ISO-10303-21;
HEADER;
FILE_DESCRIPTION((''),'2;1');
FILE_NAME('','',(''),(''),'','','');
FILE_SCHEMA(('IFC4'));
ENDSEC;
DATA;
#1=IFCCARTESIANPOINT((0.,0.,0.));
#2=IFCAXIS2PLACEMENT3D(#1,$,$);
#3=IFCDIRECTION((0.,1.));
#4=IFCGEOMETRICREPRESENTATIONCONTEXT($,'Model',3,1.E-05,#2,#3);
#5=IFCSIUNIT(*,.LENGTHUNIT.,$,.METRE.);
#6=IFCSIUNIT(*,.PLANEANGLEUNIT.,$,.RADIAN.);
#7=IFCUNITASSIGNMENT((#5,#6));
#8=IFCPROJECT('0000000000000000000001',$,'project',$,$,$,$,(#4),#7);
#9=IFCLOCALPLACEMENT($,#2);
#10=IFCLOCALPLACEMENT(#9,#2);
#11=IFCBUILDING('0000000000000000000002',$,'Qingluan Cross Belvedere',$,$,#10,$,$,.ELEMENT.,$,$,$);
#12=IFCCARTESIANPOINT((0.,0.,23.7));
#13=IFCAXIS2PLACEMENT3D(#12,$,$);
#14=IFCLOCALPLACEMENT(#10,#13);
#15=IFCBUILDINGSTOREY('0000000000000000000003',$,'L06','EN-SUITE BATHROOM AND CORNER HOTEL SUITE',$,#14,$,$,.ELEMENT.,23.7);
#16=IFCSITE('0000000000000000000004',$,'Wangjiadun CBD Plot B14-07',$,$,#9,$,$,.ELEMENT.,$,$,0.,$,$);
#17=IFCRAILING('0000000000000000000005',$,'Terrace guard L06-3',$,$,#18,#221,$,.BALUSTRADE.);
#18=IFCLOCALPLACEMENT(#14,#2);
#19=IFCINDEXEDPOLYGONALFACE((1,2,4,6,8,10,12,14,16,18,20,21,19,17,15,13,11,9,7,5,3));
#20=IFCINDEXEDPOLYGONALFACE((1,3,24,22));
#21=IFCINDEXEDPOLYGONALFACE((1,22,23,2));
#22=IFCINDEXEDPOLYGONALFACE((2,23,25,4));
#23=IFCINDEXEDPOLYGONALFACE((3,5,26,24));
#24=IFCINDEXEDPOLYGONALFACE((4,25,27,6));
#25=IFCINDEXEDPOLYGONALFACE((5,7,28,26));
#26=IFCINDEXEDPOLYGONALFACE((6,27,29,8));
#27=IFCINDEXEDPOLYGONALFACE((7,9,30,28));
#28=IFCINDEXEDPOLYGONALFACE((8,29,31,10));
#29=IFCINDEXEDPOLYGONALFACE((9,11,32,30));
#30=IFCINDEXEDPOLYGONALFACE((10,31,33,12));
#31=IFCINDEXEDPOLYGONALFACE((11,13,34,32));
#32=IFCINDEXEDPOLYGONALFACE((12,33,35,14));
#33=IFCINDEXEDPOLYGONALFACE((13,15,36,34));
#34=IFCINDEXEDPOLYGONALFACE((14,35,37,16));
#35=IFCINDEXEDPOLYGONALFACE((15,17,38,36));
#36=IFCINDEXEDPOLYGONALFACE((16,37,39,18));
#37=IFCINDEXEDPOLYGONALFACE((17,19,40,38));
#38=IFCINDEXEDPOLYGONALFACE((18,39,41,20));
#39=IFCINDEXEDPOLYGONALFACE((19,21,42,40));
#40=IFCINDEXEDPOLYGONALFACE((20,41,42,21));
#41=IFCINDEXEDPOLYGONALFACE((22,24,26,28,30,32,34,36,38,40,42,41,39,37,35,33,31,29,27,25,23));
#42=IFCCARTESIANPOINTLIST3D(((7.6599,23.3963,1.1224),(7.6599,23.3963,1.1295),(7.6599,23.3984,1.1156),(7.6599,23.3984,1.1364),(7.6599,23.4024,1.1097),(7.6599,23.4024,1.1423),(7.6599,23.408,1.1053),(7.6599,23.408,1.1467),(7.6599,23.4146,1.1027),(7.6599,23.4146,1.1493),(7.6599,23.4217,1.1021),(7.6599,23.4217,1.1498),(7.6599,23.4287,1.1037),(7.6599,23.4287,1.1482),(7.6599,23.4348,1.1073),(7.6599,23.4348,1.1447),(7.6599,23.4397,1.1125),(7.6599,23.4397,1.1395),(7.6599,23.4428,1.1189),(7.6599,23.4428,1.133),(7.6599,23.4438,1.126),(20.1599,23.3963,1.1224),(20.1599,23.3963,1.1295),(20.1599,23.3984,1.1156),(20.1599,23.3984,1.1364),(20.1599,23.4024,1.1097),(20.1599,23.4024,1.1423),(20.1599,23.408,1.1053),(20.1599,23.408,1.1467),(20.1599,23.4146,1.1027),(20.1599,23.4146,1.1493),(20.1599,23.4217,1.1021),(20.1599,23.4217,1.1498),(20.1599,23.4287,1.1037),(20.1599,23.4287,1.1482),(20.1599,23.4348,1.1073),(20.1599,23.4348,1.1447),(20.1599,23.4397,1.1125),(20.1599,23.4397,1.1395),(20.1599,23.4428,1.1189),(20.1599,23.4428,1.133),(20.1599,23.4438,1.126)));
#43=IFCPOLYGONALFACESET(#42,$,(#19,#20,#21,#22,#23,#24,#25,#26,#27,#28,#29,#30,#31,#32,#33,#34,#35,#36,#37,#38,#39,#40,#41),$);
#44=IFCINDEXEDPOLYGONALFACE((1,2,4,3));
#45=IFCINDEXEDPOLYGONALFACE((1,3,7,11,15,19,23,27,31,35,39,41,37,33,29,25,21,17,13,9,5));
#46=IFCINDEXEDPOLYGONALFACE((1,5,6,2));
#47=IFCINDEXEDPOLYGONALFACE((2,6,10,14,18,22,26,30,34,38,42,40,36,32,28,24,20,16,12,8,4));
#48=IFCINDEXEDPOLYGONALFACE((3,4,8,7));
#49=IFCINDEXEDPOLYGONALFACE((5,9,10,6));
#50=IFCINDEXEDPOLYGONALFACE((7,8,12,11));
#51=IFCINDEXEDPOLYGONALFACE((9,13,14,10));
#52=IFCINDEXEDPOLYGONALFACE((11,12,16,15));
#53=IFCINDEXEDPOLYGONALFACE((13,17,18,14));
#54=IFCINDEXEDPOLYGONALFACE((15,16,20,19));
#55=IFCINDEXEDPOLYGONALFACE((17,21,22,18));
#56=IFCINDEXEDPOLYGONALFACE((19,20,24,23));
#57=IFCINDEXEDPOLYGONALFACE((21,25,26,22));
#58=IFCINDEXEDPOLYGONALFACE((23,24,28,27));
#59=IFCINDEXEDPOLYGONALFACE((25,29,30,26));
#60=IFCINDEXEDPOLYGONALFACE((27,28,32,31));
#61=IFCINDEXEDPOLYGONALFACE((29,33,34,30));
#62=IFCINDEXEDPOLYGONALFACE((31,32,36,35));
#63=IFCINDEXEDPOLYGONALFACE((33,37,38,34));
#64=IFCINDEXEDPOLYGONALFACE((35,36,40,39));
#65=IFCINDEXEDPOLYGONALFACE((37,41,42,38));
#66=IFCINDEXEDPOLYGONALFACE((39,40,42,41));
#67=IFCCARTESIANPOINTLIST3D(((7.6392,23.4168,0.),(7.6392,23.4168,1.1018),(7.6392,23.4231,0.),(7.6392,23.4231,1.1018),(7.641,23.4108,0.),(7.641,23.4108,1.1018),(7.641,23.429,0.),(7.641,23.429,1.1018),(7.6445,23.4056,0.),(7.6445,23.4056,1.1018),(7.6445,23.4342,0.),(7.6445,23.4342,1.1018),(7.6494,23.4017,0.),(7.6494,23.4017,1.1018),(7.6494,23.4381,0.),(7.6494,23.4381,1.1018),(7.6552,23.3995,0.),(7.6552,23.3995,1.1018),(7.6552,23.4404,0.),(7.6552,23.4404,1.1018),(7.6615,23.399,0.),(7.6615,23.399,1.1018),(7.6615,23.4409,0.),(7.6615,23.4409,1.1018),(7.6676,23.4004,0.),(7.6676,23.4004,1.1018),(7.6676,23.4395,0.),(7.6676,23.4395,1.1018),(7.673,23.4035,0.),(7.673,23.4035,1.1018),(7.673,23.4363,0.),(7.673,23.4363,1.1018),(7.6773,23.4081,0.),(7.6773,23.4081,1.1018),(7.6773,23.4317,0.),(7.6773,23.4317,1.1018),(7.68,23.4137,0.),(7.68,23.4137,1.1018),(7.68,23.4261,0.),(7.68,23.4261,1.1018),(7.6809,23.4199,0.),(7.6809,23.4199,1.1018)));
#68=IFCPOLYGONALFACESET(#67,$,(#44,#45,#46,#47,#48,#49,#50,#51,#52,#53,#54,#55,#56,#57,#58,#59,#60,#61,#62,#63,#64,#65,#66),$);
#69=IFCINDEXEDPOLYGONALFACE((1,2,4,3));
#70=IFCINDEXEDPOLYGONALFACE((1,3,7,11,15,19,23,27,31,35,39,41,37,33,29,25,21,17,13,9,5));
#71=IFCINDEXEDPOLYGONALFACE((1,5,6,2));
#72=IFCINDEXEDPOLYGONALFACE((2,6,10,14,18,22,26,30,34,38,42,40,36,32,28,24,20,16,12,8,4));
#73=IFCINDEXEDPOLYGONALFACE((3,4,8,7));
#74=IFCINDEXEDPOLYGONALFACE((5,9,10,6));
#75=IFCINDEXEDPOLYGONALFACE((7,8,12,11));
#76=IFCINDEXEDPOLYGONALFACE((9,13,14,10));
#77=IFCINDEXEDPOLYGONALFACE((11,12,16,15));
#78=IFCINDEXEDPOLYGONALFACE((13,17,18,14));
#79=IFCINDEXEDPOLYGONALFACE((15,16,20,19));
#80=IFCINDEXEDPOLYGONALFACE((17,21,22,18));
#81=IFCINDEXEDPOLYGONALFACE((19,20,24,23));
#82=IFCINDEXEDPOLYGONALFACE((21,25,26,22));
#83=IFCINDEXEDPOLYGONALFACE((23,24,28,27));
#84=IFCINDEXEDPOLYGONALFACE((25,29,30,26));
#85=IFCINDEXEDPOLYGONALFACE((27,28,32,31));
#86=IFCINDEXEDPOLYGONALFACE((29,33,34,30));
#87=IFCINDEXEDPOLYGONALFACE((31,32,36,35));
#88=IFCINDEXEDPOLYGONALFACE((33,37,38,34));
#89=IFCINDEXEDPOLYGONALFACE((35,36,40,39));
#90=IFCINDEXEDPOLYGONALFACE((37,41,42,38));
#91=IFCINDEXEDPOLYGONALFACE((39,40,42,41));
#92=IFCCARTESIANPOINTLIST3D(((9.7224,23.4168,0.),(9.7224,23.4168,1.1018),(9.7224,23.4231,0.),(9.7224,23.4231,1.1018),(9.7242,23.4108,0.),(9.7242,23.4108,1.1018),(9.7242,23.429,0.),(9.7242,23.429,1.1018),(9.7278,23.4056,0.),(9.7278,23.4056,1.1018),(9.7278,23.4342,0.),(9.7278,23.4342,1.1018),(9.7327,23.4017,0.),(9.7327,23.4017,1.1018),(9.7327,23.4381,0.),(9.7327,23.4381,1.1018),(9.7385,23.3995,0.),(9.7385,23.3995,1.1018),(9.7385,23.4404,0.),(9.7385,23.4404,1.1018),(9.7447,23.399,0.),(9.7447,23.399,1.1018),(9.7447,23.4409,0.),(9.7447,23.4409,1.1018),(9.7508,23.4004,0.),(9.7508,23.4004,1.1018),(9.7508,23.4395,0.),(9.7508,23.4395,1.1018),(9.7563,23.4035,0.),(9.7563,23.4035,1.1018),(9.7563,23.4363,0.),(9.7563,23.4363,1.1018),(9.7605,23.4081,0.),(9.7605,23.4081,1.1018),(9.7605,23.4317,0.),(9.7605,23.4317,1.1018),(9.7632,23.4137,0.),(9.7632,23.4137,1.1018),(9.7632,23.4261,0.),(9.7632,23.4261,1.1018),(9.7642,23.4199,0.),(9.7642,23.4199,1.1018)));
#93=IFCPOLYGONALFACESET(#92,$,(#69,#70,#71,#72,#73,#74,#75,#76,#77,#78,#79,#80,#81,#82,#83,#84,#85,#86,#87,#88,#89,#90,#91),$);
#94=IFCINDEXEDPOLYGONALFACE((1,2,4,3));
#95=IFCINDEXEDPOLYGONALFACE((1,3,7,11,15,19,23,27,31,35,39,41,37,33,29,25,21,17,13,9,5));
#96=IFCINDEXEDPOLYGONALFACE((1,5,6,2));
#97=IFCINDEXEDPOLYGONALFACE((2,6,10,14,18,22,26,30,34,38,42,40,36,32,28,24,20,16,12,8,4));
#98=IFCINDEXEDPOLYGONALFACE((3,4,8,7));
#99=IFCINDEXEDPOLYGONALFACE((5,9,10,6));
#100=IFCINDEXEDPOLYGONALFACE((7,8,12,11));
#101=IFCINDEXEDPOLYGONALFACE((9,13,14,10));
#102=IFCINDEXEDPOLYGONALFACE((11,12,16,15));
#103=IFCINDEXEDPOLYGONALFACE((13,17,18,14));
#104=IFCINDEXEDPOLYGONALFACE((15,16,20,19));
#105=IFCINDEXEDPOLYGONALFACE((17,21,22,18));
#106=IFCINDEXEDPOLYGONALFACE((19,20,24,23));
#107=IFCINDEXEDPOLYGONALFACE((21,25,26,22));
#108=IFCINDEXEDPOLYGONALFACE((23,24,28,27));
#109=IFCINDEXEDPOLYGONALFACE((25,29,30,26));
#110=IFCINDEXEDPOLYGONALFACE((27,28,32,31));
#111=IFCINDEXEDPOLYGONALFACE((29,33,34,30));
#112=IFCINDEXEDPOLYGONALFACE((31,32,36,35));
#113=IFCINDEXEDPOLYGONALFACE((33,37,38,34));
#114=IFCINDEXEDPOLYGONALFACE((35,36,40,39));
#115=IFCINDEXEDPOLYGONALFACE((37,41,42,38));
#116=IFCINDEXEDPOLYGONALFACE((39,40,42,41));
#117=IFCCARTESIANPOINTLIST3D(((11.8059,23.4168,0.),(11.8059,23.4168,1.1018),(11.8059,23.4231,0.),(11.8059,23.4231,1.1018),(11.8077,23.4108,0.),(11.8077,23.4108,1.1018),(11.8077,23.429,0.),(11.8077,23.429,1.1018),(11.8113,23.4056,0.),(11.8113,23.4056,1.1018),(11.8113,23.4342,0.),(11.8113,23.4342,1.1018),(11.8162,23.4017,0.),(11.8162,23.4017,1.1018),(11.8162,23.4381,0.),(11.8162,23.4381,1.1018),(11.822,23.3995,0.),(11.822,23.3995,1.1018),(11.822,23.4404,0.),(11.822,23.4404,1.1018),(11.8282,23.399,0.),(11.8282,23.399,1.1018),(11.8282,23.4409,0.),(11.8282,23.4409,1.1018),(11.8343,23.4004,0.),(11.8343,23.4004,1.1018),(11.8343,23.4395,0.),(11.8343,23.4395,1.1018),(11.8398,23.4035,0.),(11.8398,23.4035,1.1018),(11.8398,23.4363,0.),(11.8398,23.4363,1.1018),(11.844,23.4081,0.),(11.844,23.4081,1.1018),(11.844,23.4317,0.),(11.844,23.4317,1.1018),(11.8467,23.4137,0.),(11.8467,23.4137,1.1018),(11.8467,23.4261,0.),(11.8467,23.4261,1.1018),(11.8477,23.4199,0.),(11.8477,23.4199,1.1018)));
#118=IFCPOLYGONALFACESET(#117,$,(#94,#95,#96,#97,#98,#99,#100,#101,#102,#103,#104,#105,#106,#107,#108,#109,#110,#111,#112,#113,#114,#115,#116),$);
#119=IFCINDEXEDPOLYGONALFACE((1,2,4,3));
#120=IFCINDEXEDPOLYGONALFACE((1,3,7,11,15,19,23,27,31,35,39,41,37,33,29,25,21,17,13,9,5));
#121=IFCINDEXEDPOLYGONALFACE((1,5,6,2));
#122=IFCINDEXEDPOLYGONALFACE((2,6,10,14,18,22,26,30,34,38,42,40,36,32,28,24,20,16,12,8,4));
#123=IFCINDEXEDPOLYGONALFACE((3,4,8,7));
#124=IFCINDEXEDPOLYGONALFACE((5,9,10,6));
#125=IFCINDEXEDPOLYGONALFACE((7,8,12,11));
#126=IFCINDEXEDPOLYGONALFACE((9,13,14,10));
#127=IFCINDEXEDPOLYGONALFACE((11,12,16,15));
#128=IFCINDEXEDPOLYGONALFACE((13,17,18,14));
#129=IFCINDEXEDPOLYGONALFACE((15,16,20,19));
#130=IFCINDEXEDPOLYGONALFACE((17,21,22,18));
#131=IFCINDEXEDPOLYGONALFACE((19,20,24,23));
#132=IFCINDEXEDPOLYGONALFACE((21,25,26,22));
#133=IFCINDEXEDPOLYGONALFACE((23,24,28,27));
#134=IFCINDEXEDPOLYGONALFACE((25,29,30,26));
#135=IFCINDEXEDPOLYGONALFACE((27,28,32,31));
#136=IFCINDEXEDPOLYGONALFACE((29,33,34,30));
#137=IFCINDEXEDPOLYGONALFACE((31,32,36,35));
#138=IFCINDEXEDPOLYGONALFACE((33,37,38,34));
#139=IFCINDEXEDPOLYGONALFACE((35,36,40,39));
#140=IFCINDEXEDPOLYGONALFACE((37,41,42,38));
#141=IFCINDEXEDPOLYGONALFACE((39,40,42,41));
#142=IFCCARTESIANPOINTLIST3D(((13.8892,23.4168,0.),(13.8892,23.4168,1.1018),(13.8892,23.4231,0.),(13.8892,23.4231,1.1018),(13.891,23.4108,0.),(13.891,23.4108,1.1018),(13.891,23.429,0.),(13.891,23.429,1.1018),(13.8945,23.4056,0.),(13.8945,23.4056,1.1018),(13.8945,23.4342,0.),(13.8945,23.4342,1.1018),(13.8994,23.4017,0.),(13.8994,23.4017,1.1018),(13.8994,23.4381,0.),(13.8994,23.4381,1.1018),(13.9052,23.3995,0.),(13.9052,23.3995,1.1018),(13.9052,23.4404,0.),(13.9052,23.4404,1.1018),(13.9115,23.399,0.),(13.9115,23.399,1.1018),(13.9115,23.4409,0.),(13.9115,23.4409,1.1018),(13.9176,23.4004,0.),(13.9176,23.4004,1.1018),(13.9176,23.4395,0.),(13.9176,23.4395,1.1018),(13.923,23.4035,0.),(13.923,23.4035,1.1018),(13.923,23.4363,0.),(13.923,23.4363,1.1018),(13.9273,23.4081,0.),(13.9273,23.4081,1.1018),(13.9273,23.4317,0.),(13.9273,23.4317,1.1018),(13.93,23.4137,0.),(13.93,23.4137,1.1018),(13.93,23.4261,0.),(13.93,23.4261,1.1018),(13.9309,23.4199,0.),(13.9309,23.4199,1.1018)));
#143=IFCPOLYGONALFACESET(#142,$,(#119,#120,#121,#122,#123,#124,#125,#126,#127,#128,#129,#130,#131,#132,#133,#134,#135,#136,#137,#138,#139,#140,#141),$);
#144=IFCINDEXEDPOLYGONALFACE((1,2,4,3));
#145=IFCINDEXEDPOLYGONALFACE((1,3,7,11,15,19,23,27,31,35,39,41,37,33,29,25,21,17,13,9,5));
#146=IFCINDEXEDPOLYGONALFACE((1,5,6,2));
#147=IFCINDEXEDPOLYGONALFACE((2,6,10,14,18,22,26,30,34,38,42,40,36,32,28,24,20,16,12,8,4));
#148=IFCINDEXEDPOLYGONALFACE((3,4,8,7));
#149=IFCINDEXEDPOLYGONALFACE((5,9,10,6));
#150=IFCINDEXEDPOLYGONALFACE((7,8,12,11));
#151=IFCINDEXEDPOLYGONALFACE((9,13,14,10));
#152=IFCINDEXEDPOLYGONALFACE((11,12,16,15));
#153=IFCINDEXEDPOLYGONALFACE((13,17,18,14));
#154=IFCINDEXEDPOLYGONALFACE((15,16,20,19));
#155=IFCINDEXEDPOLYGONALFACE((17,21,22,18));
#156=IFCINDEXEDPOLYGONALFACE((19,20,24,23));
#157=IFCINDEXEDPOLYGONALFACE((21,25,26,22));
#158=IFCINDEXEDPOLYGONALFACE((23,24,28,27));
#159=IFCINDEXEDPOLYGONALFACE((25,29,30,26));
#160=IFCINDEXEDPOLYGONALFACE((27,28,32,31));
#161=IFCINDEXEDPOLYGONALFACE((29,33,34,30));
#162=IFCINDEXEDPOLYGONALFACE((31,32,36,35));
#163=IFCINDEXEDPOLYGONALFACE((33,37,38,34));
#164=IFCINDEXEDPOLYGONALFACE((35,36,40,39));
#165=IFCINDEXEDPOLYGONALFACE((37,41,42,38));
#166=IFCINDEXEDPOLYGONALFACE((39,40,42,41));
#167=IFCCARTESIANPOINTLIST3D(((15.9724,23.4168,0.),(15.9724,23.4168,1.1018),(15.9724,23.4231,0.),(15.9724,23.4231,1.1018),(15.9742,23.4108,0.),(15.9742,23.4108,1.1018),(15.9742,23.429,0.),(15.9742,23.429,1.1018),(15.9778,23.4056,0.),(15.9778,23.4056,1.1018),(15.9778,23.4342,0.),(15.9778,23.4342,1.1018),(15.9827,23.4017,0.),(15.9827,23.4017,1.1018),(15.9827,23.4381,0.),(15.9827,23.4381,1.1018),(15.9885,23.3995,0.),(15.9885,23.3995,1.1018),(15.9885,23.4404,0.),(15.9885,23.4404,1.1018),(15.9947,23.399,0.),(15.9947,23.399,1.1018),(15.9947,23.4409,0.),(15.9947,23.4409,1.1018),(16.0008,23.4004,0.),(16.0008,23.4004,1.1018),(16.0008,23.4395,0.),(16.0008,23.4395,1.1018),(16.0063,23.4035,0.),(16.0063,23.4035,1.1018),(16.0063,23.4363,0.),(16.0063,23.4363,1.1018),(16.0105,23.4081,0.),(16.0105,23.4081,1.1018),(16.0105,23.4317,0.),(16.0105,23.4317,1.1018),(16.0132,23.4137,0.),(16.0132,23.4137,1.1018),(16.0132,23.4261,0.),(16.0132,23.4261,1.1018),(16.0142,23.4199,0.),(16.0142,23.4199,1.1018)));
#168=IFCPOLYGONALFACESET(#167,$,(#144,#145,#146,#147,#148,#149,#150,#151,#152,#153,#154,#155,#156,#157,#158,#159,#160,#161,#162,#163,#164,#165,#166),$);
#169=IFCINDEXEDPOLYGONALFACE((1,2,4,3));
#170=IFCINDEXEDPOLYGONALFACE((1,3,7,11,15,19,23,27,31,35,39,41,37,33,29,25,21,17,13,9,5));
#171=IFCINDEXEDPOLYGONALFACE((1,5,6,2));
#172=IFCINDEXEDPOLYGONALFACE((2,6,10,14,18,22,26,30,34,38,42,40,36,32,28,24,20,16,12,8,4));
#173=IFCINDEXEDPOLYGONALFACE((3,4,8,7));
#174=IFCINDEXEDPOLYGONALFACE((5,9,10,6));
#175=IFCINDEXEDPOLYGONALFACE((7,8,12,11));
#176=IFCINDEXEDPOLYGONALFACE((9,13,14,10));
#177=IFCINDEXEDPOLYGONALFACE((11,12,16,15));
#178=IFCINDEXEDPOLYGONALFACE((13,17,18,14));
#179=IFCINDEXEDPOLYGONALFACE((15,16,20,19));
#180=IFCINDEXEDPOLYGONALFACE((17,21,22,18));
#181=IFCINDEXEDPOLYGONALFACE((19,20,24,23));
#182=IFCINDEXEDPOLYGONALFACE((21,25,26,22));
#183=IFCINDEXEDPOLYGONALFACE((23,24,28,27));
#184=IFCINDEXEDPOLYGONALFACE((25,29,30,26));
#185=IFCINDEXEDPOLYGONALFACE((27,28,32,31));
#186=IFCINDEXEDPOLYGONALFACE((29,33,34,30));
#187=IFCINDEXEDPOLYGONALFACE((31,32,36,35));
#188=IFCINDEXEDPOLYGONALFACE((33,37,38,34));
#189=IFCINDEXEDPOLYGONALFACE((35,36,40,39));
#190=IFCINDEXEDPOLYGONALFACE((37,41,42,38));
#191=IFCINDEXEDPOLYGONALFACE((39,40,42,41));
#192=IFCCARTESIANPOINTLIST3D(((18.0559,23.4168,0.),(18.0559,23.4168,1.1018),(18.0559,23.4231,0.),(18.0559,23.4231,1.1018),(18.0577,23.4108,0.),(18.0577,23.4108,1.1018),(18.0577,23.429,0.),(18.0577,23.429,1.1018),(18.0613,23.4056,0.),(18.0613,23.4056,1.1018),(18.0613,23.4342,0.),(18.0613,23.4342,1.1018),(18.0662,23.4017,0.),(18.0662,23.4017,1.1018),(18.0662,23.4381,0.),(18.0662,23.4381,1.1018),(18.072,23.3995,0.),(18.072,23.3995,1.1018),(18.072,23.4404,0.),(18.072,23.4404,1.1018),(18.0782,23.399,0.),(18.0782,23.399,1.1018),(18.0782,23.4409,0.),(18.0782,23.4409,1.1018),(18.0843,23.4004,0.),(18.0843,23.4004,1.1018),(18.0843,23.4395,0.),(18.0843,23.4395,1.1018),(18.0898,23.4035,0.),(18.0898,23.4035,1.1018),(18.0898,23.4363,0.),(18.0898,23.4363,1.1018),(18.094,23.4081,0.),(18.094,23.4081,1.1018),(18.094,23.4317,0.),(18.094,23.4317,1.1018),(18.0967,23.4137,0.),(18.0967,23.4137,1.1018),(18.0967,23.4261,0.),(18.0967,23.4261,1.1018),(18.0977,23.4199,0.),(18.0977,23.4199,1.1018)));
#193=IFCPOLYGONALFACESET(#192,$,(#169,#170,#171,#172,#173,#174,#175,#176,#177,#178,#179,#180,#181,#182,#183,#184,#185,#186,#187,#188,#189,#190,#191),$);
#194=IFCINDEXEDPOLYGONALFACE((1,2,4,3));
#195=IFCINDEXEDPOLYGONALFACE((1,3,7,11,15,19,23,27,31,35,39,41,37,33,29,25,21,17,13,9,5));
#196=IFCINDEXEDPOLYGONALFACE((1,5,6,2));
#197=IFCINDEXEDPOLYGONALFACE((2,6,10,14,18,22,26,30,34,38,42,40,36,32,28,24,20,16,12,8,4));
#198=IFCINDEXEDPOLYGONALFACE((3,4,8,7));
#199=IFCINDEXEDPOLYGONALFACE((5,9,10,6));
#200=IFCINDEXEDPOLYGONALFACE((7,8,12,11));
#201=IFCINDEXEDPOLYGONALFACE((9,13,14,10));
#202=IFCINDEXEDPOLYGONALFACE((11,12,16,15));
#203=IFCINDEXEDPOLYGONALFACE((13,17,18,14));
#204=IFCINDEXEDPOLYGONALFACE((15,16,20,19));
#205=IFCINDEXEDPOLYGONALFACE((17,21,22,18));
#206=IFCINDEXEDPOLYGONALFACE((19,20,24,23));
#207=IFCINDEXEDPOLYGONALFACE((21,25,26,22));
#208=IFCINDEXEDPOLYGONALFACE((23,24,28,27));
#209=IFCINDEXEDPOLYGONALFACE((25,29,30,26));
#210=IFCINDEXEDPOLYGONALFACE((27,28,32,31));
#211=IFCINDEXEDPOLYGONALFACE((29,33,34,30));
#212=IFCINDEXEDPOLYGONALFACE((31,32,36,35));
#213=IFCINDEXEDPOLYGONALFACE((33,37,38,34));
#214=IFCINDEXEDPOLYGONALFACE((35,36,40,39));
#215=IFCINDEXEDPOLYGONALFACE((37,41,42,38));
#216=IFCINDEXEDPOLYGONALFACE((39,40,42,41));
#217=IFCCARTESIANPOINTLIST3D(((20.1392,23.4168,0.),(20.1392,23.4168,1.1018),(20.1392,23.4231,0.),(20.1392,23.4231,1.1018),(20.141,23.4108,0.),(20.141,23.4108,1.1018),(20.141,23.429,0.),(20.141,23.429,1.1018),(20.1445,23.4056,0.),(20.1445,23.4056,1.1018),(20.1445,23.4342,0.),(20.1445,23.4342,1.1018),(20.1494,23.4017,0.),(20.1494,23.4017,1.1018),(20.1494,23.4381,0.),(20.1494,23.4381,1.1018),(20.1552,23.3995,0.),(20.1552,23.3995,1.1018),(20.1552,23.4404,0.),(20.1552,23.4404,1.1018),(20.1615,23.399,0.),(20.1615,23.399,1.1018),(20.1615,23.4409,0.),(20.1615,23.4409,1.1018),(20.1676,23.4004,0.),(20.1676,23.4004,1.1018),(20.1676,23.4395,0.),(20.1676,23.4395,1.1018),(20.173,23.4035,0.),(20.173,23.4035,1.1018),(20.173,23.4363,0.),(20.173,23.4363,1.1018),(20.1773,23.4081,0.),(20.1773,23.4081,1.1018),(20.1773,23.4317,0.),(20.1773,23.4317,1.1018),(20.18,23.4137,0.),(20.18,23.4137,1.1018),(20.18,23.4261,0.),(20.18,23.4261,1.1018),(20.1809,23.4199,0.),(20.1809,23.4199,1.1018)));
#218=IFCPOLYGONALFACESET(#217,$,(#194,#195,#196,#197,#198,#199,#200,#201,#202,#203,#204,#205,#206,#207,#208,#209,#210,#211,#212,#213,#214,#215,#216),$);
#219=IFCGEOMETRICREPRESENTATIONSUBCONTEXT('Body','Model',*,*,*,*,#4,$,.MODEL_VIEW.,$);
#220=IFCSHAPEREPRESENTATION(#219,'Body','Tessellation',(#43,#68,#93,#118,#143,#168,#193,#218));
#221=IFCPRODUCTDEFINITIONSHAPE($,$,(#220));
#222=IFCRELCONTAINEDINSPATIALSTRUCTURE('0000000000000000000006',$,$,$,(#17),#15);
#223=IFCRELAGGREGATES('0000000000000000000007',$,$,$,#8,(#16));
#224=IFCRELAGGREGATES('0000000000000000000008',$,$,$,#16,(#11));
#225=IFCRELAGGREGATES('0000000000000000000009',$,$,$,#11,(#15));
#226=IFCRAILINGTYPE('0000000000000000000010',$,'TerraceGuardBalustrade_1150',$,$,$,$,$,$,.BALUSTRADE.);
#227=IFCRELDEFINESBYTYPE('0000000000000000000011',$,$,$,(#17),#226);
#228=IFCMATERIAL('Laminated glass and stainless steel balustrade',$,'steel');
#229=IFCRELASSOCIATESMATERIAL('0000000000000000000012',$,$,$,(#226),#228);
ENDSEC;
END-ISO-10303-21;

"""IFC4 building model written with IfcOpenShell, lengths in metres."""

from ifc_helpers import new_model, si_unit, direction, frame, origin, origin_2d, place, context, subcontext, project, spatial, circle, extrude, material, type_object, element, save


model = new_model("IFC4")

# Units and contexts
model_context = context("Model", 3, precision=1e-05, world=origin(), true_north=direction((0.0, 1.0)))
body_context = subcontext(model_context, "Body", "Model", "MODEL_VIEW")
ifc_project = project(units=[si_unit("LENGTHUNIT", "METRE"), si_unit("PLANEANGLEUNIT", "RADIAN")], contexts=[model_context])

# Site, building, storey
site_placement = place(None, origin())
site = spatial("IfcSite", under=ifc_project, at=site_placement, Name="Wangjiadun CBD Plot B14-07", CompositionType="ELEMENT", RefElevation=0.0)
building_placement = place(site_placement, origin())
building = spatial("IfcBuilding", under=site, at=building_placement, Name="Qingluan Cross Belvedere", CompositionType="ELEMENT")
storey_placement = place(building_placement, frame((0.0, 0.0, 23.7)))
storey = spatial("IfcBuildingStorey", under=building, at=storey_placement, Name="L06", Description="EN-SUITE BATHROOM AND CORNER HOTEL SUITE", CompositionType="ELEMENT", Elevation=23.7)

# Railing
ifc_material_1 = material(Name="Laminated glass and stainless steel balustrade", Category="steel")
railing_type = type_object("IfcRailingType", Name="TerraceGuardBalustrade_1150", PredefinedType="BALUSTRADE", material=ifc_material_1)
railing_1_placement = place(storey_placement, frame((7.6599, 23.4199, 0.0)))
element("IfcRailing", 1, at=railing_1_placement, inside=storey, type_object=railing_type, Name="Terrace guard L06-3", PredefinedType="BALUSTRADE", context=body_context, shape_type="SweptSolid", body=[
    extrude(circle(Radius=0.0239, at=origin_2d()), frame((0.0, 0.0, 1.126), z_axis=(1.0, 0.0, 0.0), x_axis=(0.0, 1.0, 0.0)), (0.0, 0.0, 1.0), 12.5),
    extrude(circle(Radius=0.021, at=origin_2d()), origin(), (0.0, 0.0, 1.0), 1.1018),
    extrude(circle(Radius=0.021, at=origin_2d()), frame((2.0833, 0.0, 0.0)), (0.0, 0.0, 1.0), 1.1018),
    extrude(circle(Radius=0.021, at=origin_2d()), frame((4.1667, 0.0, 0.0)), (0.0, 0.0, 1.0), 1.1018),
    extrude(circle(Radius=0.021, at=origin_2d()), frame((6.25, 0.0, 0.0)), (0.0, 0.0, 1.0), 1.1018),
    extrude(circle(Radius=0.021, at=origin_2d()), frame((8.3333, 0.0, 0.0)), (0.0, 0.0, 1.0), 1.1018),
    extrude(circle(Radius=0.021, at=origin_2d()), frame((10.4167, 0.0, 0.0)), (0.0, 0.0, 1.0), 1.1018),
    extrude(circle(Radius=0.021, at=origin_2d()), frame((12.5, 0.0, 0.0)), (0.0, 0.0, 1.0), 1.1018),
])

save(model, "model.ifc")
